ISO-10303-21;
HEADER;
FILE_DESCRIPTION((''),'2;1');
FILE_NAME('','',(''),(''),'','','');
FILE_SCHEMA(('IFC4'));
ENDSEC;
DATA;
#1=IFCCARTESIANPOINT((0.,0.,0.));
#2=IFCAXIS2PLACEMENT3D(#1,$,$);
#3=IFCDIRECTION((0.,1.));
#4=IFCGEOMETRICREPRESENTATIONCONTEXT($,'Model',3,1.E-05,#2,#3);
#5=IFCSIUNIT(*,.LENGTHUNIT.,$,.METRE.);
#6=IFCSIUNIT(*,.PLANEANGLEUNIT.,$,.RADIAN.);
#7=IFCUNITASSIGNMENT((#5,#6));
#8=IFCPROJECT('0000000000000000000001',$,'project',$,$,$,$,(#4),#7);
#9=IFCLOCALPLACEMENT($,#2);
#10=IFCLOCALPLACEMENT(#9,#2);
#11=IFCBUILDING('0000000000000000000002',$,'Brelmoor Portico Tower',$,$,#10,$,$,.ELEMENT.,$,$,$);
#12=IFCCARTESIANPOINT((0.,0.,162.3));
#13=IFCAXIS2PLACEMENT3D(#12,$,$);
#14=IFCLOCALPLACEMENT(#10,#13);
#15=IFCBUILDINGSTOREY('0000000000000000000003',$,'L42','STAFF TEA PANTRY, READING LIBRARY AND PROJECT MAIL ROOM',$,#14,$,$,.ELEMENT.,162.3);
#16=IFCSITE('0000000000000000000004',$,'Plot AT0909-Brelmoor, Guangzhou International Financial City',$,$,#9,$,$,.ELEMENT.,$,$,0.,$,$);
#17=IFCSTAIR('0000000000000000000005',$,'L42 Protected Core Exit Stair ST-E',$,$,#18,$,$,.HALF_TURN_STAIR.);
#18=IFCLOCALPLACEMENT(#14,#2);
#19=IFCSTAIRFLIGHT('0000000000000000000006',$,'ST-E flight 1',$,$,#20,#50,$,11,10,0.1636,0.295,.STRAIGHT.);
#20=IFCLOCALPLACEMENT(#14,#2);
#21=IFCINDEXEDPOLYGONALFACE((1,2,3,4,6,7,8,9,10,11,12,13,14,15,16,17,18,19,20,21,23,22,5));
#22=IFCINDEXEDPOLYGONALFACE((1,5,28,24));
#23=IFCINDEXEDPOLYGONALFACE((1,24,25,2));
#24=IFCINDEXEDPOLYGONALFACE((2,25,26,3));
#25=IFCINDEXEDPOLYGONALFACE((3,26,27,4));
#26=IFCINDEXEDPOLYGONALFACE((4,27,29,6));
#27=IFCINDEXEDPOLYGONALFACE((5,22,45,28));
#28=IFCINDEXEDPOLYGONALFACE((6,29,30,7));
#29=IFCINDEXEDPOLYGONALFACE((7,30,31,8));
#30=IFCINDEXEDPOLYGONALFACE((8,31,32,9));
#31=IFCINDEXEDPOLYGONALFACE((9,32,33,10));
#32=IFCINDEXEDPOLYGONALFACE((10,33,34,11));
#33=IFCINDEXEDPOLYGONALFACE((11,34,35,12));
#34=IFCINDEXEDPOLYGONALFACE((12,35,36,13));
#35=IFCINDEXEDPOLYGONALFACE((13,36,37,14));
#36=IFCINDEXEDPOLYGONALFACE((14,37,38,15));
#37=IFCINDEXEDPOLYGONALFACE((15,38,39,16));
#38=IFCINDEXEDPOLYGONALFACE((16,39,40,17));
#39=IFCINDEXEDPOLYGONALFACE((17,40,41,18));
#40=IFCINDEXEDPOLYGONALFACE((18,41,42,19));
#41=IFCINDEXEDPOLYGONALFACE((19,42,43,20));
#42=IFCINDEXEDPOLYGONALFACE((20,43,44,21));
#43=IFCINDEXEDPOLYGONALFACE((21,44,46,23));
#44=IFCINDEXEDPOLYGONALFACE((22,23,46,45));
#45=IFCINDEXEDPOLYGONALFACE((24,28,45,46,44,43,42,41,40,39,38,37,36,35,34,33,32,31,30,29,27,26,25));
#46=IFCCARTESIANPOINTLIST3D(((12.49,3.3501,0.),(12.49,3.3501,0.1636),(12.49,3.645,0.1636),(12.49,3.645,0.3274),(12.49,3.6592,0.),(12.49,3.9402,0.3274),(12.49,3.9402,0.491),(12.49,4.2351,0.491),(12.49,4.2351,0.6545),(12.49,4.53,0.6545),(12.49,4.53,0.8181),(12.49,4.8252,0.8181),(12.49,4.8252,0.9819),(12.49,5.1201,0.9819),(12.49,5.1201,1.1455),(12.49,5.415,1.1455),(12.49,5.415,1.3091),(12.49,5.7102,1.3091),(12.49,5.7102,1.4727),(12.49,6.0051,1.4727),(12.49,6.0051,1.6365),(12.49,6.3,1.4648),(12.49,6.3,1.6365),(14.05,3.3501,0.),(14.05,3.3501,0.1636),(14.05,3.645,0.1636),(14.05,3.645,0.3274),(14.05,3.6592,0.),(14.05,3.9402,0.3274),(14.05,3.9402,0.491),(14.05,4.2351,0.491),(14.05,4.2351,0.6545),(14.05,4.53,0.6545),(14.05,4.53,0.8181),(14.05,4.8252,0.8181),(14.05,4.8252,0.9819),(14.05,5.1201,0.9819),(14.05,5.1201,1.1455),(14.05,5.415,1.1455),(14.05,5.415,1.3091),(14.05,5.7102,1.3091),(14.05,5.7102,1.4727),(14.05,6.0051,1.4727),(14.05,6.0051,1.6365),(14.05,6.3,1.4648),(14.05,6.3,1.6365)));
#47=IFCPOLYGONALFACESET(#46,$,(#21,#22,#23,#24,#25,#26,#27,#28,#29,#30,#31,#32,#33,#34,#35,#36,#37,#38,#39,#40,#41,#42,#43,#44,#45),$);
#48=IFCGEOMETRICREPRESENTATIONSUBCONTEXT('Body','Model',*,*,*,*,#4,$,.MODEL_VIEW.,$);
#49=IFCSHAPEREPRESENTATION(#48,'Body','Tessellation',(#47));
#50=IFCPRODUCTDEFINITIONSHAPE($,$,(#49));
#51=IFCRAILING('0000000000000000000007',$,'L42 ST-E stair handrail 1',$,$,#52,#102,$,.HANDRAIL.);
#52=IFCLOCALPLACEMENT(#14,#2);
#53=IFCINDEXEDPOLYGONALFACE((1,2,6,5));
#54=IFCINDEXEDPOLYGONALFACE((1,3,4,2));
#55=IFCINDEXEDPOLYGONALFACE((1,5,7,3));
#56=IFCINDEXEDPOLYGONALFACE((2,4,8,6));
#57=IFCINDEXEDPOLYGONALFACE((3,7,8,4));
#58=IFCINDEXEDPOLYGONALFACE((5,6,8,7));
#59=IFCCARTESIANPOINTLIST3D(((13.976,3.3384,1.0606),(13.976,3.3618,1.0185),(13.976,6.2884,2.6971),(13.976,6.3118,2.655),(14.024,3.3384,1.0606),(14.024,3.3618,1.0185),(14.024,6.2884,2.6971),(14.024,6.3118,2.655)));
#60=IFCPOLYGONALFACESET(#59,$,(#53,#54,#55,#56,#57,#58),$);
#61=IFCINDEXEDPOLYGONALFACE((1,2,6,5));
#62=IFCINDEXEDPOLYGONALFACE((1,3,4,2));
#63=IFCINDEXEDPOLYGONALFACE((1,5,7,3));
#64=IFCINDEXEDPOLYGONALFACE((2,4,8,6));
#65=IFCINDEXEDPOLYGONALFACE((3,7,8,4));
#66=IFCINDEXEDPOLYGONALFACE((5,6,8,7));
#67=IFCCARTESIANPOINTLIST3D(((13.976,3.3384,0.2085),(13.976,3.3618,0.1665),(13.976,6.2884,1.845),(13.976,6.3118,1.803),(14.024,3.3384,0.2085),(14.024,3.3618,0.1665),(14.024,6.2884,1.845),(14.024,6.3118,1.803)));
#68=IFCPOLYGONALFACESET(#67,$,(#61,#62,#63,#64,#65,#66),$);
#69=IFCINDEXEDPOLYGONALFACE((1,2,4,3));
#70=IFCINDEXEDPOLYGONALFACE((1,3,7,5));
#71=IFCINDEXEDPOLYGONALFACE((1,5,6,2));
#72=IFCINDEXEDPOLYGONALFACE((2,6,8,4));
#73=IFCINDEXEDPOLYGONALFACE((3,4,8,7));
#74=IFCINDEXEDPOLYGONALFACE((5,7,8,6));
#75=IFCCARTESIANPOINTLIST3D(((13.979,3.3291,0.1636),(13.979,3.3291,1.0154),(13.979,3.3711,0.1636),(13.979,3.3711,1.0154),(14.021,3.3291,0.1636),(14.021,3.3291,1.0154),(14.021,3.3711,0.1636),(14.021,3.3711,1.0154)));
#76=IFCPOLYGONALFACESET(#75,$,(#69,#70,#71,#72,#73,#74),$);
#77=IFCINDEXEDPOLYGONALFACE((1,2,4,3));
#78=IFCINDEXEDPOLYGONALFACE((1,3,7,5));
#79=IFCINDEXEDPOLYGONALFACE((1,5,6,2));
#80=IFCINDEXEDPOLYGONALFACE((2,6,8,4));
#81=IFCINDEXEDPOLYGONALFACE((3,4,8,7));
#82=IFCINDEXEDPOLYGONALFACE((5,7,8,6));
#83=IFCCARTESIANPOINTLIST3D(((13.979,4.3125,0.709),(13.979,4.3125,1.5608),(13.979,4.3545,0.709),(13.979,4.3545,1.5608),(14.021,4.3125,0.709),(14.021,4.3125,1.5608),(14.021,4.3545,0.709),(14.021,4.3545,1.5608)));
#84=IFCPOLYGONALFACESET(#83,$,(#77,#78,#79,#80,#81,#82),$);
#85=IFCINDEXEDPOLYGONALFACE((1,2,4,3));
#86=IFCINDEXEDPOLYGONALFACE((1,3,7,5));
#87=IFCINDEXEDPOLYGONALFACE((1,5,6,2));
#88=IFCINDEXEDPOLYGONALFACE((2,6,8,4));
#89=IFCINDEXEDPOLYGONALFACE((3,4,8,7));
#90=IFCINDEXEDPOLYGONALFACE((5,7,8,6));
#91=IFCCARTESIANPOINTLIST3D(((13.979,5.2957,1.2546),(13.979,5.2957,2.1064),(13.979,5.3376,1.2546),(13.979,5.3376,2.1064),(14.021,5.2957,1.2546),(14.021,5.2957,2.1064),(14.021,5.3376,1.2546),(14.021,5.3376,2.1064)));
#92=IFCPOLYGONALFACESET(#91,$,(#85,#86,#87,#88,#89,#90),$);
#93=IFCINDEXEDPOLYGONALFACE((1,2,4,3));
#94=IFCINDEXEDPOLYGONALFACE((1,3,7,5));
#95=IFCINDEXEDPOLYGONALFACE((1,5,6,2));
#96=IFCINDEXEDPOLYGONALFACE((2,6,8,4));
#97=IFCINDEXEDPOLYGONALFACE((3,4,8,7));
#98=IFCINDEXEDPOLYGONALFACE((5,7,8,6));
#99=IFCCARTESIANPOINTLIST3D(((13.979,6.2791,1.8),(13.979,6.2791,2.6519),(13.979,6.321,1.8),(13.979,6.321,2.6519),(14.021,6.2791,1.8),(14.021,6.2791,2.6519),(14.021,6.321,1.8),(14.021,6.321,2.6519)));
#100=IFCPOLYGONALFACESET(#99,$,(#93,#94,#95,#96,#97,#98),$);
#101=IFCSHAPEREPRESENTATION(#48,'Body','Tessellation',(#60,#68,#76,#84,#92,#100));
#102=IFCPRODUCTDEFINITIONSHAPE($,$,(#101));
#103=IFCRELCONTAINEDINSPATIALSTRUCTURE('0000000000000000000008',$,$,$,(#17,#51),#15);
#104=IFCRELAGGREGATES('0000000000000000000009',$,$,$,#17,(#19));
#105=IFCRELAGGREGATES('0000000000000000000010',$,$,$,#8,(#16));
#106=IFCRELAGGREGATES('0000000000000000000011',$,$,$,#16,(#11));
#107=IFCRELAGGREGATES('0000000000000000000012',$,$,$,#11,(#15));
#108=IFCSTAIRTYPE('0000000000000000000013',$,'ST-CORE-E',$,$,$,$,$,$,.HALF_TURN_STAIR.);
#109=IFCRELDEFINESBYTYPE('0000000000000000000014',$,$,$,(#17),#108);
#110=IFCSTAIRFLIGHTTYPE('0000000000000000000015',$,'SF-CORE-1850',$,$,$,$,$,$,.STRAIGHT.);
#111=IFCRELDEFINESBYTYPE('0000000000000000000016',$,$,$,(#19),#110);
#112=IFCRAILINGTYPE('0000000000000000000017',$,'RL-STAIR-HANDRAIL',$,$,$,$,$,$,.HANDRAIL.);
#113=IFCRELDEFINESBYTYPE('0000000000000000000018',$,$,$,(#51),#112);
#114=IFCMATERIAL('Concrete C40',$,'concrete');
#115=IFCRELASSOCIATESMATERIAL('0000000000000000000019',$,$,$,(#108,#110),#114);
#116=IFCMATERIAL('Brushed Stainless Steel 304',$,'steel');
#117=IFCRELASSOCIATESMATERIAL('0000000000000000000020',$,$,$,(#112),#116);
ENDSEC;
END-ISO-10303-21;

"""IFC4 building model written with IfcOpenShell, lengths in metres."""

from ifc_helpers import new_model, si_unit, direction, frame, origin, origin_2d, place, context, subcontext, project, spatial, polyline, rectangle, outline, extrude, material, type_object, element, aggregate, save


model = new_model("IFC4")

# Units and contexts
model_context = context("Model", 3, precision=1e-05, world=origin(), true_north=direction((0.0, 1.0)))
body_context = subcontext(model_context, "Body", "Model", "MODEL_VIEW")
ifc_project = project(units=[si_unit("LENGTHUNIT", "METRE"), si_unit("PLANEANGLEUNIT", "RADIAN")], contexts=[model_context])

# Site, building, storey
site_placement = place(None, origin())
site = spatial("IfcSite", under=ifc_project, at=site_placement, Name="Plot AT0909-Brelmoor, Guangzhou International Financial City", CompositionType="ELEMENT", RefElevation=0.0)
building_placement = place(site_placement, origin())
building = spatial("IfcBuilding", under=site, at=building_placement, Name="Brelmoor Portico Tower", CompositionType="ELEMENT")
storey_placement = place(building_placement, frame((0.0, 0.0, 162.3)))
storey = spatial("IfcBuildingStorey", under=building, at=storey_placement, Name="L42", Description="STAFF TEA PANTRY, READING LIBRARY AND PROJECT MAIL ROOM", CompositionType="ELEMENT", Elevation=162.3)

# Shared definitions
ifc_material_1 = material(Name="Concrete C40", Category="concrete")

# Stair, stair flight
stair_type = type_object("IfcStairType", Name="ST-CORE-E", PredefinedType="HALF_TURN_STAIR", material=ifc_material_1)
stair_placement = place(storey_placement, origin())
stair = element("IfcStair", 1, at=stair_placement, inside=storey, type_object=stair_type, Name="L42 Protected Core Exit Stair ST-E", PredefinedType="HALF_TURN_STAIR")
stair_flight_type = type_object("IfcStairFlightType", Name="SF-CORE-1850", PredefinedType="STRAIGHT", material=ifc_material_1)
stair_flight_placement = place(storey_placement, frame((13.27, 3.3501, 0.0), z_axis=(0.0, 0.0, 1.0), x_axis=(0.0, 1.0, 0.0)))
stair_flight = element("IfcStairFlight", 2, at=stair_flight_placement, type_object=stair_flight_type, Name="ST-E flight 1", NumberOfRisers=11, NumberOfTreads=10, PredefinedType="STRAIGHT", RiserHeight=0.1636, TreadLength=0.295, context=body_context, shape_type="SweptSolid", body=[
    extrude(outline(polyline([(0.0, 0.0), (0.0, 0.1636), (0.2949, 0.1636), (0.2949, 0.3274), (0.5901, 0.3274), (0.5901, 0.491), (0.885, 0.491), (0.885, 0.6545), (1.1799, 0.6545), (1.1799, 0.8181), (1.4751, 0.8181), (1.4751, 0.9819), (1.77, 0.9819), (1.77, 1.1455), (2.0649, 1.1455), (2.0649, 1.3091), (2.3601, 1.3091), (2.3601, 1.4727), (2.655, 1.4727), (2.655, 1.6365), (2.95, 1.6365), (2.95, 1.8), (2.95, 1.4648), (0.3091, 0.0), (0.0, 0.0)])), frame((0.0, 0.78, 0.0), z_axis=(0.0, -1.0, 0.0), x_axis=(1.0, 0.0, 0.0)), (0.0, 0.0, 1.0), 1.5601),
])
aggregate(stair, [stair_flight])

# Railing
ifc_material_2 = material(Name="Brushed Stainless Steel 304", Category="steel")
railing_type = type_object("IfcRailingType", Name="RL-STAIR-HANDRAIL", PredefinedType="HANDRAIL", material=ifc_material_2)
railing_placement = place(storey_placement, frame((14.0, 3.3501, 0.1636)))
element("IfcRailing", 3, at=railing_placement, inside=storey, type_object=railing_type, Name="L42 ST-E stair handrail 1", PredefinedType="HANDRAIL", context=body_context, shape_type="SweptSolid", body=[
    extrude(rectangle(XDim=0.0481, YDim=0.0481, at=origin_2d()), frame((0.0, 0.0, 0.876), z_axis=(0.0, 0.874458, 0.485102), x_axis=(-1.0, 0.0, 0.0)), (0.0, 0.0, 1.0), 3.3735),
    extrude(rectangle(XDim=0.0481, YDim=0.0481, at=origin_2d()), frame((0.0, 0.0, 0.0239), z_axis=(0.0, 0.874458, 0.485102), x_axis=(-1.0, 0.0, 0.0)), (0.0, 0.0, 1.0), 3.3735),
    extrude(rectangle(XDim=0.042, YDim=0.042, at=origin_2d()), origin(), (0.0, 0.0, 1.0), 0.8518),
    extrude(rectangle(XDim=0.042, YDim=0.042, at=origin_2d()), frame((0.0, 0.9834, 0.5454)), (0.0, 0.0, 1.0), 0.8518),
    extrude(rectangle(XDim=0.042, YDim=0.042, at=origin_2d()), frame((0.0, 1.9666, 1.0911)), (0.0, 0.0, 1.0), 0.8518),
    extrude(rectangle(XDim=0.042, YDim=0.042, at=origin_2d()), frame((0.0, 2.95, 1.6365)), (0.0, 0.0, 1.0), 0.8518),
])

save(model, "model.ifc")
